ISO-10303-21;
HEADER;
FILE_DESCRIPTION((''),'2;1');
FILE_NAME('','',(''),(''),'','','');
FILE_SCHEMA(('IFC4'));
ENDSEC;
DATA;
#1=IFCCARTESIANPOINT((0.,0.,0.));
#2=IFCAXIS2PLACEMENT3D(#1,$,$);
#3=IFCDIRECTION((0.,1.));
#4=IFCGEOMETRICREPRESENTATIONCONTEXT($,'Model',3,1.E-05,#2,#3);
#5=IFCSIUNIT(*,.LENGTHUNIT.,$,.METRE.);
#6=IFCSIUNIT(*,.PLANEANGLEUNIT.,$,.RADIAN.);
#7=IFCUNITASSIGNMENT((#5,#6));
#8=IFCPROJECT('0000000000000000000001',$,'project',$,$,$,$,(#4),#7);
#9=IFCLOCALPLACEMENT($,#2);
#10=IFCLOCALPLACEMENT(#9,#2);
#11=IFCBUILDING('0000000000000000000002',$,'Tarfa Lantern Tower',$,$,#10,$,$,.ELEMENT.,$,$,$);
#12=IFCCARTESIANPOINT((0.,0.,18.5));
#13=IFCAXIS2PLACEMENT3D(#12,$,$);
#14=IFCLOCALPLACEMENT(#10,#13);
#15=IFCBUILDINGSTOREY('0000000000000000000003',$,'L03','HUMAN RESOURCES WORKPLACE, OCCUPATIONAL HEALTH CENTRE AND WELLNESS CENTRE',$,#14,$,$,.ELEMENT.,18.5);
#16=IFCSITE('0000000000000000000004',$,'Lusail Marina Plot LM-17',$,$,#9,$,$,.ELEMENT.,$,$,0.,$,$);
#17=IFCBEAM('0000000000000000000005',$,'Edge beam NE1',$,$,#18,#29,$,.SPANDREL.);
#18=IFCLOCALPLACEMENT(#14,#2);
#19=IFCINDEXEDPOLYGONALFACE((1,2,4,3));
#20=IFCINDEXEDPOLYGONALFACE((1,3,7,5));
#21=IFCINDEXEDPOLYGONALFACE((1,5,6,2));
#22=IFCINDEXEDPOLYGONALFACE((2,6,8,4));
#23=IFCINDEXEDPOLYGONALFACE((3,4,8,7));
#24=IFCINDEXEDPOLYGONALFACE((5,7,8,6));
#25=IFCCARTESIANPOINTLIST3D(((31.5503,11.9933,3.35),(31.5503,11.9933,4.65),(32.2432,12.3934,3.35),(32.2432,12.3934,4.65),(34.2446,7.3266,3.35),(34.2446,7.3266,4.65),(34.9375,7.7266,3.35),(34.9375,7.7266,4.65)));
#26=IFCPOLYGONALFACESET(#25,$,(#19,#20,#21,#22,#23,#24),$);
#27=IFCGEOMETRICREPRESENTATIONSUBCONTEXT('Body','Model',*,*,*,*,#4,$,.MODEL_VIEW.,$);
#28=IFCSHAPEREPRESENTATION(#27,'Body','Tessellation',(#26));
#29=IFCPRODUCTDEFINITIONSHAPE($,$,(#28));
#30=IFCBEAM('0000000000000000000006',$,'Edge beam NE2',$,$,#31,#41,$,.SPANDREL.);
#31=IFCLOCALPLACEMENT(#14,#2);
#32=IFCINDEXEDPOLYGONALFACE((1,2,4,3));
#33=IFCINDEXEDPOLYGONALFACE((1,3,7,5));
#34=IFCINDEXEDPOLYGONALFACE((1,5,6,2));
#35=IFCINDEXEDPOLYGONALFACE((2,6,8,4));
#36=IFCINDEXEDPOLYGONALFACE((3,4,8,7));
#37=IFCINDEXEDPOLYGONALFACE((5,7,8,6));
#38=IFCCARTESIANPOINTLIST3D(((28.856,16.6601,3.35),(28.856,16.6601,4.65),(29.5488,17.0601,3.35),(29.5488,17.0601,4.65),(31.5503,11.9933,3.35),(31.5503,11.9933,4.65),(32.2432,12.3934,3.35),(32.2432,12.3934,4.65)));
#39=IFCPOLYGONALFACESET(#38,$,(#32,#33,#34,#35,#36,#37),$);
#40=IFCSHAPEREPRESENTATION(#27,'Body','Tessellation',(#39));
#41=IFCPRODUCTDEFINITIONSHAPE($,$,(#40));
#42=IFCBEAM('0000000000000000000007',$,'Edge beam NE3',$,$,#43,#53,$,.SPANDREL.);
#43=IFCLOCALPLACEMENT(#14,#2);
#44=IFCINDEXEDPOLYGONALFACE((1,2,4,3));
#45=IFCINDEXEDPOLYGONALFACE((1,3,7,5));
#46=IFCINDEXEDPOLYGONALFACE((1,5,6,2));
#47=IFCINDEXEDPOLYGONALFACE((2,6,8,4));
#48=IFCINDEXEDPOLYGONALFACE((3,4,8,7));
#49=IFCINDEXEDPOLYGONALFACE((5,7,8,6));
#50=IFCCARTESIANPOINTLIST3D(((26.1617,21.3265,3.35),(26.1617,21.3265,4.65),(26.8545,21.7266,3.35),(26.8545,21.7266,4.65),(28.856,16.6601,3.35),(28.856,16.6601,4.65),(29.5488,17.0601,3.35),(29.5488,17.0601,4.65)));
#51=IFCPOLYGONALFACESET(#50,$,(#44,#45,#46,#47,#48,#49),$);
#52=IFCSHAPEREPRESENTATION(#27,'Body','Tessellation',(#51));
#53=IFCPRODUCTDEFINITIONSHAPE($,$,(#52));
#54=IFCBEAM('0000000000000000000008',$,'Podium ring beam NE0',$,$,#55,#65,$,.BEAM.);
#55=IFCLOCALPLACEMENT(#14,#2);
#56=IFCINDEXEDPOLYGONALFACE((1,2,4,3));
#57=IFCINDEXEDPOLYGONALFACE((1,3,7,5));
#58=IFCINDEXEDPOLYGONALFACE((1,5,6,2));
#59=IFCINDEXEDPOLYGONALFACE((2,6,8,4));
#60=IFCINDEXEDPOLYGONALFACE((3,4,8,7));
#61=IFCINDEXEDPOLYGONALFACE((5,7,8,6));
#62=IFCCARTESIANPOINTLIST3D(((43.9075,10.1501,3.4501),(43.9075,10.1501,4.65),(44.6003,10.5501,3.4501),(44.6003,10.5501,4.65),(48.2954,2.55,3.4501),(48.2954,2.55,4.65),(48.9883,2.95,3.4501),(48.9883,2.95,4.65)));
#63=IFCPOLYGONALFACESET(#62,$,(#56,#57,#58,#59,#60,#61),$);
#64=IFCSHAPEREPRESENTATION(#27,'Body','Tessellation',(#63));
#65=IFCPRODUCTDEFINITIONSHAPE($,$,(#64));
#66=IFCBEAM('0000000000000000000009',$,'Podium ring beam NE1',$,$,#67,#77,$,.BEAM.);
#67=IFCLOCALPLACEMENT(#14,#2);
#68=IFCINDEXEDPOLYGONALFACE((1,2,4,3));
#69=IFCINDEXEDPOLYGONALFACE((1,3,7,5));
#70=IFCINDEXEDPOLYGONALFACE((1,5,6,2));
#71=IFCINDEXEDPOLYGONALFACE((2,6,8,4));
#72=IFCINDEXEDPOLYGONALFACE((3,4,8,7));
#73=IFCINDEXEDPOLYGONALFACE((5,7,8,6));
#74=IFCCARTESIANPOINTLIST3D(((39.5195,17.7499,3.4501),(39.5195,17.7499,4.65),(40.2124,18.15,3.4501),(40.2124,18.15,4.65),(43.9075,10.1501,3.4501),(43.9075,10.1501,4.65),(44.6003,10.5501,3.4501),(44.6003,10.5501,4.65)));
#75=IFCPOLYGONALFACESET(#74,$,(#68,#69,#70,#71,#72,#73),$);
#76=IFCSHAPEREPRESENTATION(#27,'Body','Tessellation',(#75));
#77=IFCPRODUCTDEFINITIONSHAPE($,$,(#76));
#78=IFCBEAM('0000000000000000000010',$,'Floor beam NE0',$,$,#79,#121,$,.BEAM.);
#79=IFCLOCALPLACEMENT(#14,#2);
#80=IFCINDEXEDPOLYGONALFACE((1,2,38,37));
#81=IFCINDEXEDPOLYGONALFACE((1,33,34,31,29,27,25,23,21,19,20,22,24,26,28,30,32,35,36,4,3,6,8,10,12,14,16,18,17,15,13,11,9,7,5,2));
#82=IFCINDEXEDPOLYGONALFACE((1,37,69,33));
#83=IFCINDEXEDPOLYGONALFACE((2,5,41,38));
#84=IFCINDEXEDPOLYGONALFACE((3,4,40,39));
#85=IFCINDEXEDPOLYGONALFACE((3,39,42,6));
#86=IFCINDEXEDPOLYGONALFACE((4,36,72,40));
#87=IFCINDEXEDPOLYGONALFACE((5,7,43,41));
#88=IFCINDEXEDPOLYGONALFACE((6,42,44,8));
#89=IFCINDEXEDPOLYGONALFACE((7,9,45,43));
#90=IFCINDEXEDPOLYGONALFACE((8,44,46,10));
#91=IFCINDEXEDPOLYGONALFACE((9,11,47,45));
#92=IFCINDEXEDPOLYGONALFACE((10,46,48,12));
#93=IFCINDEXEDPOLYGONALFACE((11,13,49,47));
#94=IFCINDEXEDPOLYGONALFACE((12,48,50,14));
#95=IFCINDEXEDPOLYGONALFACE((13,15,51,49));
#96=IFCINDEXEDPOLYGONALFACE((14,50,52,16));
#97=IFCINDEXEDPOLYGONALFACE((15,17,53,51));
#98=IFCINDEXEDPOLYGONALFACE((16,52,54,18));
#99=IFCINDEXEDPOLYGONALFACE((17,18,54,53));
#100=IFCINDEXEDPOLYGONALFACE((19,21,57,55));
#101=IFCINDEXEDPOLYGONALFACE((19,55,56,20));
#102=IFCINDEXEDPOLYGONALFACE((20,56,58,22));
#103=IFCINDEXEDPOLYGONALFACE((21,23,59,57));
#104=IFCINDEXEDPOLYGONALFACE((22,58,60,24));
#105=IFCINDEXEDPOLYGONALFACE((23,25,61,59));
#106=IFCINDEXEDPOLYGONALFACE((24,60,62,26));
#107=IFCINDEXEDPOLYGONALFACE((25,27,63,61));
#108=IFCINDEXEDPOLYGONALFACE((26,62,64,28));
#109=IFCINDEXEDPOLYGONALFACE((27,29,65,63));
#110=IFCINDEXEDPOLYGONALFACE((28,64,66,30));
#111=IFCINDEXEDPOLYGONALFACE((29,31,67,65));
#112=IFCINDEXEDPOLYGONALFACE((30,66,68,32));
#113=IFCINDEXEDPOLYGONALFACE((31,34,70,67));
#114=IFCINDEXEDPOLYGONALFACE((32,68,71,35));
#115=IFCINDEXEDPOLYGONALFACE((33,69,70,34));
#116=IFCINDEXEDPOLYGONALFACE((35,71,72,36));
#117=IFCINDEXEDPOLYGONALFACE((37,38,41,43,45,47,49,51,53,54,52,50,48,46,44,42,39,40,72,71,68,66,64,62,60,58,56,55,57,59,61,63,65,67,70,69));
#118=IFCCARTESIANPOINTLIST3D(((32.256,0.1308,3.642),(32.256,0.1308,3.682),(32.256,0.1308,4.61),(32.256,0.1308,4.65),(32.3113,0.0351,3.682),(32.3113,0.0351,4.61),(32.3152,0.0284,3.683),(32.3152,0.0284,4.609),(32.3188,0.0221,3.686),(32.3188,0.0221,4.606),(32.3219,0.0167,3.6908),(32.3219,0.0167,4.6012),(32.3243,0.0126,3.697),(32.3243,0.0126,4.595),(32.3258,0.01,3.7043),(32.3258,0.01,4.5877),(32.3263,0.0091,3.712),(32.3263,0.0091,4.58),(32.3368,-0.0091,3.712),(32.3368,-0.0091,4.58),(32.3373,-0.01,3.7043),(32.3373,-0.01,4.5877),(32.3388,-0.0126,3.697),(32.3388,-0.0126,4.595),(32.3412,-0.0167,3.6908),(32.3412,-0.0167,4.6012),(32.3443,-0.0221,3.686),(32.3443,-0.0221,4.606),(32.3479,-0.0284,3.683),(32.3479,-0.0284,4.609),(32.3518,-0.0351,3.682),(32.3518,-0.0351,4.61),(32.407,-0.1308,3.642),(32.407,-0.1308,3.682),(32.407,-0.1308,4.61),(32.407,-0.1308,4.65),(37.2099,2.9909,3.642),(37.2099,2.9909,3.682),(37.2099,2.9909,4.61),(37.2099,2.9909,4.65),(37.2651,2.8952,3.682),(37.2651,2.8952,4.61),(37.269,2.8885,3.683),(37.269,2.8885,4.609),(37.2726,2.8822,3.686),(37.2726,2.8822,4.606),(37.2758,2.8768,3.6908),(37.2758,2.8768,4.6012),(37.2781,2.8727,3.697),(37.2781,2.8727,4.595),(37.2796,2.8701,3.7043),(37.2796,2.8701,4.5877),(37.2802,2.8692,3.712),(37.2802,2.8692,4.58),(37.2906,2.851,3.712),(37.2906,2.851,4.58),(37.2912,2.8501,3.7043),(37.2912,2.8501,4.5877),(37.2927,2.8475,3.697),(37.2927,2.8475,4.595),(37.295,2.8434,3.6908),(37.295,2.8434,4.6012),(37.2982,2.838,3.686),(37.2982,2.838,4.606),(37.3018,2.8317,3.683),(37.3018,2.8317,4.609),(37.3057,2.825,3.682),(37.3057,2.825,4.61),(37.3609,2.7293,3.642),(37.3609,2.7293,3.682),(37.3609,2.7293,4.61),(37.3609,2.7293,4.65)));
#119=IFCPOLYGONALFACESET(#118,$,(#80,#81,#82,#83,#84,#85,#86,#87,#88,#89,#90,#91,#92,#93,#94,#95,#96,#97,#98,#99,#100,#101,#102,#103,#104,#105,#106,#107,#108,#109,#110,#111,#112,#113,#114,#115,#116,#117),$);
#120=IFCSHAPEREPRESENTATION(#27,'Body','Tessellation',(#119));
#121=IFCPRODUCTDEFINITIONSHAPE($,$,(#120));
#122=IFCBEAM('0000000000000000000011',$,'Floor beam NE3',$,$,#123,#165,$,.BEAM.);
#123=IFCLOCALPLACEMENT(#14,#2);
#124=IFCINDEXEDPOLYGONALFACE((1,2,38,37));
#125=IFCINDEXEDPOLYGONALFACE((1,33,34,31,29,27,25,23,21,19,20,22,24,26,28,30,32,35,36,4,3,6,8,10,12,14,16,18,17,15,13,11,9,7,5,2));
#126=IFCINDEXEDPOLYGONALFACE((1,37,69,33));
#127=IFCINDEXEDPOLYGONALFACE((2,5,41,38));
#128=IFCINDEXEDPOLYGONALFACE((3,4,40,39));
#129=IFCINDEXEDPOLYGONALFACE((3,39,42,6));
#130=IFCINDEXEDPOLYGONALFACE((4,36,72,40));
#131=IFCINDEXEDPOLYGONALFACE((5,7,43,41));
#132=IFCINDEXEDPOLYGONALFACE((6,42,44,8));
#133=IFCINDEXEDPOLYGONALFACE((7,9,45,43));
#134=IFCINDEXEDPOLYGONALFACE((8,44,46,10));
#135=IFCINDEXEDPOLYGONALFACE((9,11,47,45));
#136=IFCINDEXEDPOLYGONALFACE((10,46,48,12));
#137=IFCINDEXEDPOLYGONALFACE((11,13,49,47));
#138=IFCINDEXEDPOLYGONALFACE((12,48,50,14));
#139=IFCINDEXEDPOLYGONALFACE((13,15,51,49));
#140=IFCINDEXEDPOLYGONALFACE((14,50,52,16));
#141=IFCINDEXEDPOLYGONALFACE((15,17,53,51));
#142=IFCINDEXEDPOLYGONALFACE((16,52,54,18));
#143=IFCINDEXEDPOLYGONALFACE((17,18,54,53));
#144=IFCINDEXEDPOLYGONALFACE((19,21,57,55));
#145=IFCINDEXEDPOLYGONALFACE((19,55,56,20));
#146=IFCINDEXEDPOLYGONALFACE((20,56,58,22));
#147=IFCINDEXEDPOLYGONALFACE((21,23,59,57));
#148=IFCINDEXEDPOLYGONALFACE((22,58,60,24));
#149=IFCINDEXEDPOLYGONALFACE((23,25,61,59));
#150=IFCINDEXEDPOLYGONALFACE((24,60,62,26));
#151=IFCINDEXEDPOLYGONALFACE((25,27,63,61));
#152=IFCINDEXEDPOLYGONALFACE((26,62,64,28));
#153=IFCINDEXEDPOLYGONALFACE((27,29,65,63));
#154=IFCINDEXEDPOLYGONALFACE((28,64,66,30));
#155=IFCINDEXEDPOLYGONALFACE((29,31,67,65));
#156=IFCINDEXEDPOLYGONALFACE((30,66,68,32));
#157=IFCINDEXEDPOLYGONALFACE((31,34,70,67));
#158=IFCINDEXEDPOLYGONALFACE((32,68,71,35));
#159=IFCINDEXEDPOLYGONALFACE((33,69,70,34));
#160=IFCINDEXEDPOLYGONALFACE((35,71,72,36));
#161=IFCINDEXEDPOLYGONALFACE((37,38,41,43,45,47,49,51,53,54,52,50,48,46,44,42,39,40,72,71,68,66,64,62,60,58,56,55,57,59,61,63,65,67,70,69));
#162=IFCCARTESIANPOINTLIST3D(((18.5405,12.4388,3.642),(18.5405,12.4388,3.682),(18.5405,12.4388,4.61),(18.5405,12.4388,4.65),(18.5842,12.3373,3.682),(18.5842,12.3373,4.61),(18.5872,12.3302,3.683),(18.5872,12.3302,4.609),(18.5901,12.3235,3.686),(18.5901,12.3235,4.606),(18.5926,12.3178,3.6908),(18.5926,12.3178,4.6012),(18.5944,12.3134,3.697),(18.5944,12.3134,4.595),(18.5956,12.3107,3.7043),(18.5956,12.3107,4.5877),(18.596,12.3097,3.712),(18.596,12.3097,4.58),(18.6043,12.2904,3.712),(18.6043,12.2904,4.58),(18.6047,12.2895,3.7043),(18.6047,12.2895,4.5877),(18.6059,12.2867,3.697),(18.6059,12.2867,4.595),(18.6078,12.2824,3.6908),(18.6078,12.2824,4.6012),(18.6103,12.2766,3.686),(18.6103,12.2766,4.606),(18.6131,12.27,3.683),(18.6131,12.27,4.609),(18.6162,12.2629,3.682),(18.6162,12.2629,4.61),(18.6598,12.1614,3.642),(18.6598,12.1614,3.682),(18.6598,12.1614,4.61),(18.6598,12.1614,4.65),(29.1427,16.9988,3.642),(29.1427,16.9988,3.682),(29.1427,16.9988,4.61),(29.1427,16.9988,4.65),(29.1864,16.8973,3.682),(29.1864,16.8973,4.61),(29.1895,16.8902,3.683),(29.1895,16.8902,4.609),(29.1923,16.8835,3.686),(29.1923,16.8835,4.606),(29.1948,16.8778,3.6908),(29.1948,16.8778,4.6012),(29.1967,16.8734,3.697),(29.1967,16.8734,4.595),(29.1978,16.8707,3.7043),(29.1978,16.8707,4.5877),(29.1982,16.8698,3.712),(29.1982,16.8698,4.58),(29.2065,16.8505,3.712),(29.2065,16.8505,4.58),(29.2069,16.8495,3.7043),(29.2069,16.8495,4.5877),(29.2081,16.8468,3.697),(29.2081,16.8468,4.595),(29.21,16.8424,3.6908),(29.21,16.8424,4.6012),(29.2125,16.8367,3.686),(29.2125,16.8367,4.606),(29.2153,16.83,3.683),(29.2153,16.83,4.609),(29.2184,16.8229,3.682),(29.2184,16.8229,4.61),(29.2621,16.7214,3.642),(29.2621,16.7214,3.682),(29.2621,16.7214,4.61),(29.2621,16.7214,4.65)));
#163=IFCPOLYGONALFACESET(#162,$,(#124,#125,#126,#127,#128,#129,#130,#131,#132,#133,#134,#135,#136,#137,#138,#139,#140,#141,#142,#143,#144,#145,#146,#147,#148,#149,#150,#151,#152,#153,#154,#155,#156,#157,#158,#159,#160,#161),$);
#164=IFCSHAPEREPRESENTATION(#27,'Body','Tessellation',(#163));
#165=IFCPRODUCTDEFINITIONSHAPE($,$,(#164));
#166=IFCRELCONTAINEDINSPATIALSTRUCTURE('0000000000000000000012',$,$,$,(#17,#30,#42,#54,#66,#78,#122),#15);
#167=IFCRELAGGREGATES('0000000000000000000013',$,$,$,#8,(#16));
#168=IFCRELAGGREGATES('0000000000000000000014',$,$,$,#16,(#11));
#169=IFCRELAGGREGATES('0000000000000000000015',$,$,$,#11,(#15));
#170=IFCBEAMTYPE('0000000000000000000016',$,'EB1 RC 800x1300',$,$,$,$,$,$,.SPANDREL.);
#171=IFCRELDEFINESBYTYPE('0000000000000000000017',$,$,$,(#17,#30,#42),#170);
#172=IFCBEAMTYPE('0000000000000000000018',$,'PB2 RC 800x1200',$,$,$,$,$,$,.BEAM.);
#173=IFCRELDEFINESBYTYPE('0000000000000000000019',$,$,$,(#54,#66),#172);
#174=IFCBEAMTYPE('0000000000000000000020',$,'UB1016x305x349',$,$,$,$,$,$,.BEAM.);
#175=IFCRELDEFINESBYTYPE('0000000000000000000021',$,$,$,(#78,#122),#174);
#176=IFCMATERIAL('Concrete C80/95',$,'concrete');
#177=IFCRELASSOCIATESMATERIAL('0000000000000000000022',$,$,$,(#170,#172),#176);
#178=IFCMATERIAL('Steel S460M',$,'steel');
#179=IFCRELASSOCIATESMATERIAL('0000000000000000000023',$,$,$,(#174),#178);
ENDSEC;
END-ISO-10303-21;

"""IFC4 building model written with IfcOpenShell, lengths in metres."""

from ifc_helpers import new_model, si_unit, direction, frame, origin, origin_2d, place, context, subcontext, project, spatial, rectangle, i_section, extrude, material, material_profile, profile_set, type_object, element, save


model = new_model("IFC4")

# Units and contexts
model_context = context("Model", 3, precision=1e-05, world=origin(), true_north=direction((0.0, 1.0)))
body_context = subcontext(model_context, "Body", "Model", "MODEL_VIEW")
ifc_project = project(units=[si_unit("LENGTHUNIT", "METRE"), si_unit("PLANEANGLEUNIT", "RADIAN")], contexts=[model_context])

# Site, building, storey
site_placement = place(None, origin())
site = spatial("IfcSite", under=ifc_project, at=site_placement, Name="Lusail Marina Plot LM-17", CompositionType="ELEMENT", RefElevation=0.0)
building_placement = place(site_placement, origin())
building = spatial("IfcBuilding", under=site, at=building_placement, Name="Tarfa Lantern Tower", CompositionType="ELEMENT")
storey_placement = place(building_placement, frame((0.0, 0.0, 18.5)))
storey = spatial("IfcBuildingStorey", under=building, at=storey_placement, Name="L03", Description="HUMAN RESOURCES WORKPLACE, OCCUPATIONAL HEALTH CENTRE AND WELLNESS CENTRE", CompositionType="ELEMENT", Elevation=18.5)

# Shared definitions
ifc_material_1 = material(Name="Concrete C80/95", Category="concrete")

# Beams
ifc_material_profile_1 = material_profile(ifc_material_1, rectangle(XDim=0.8, YDim=1.3, at=origin_2d()), Name="RC 800x1300")
ifc_profile_set_1 = profile_set([ifc_material_profile_1], Name="Concrete C80/95")
beam_type_1 = type_object("IfcBeamType", Name="EB1 RC 800x1300", PredefinedType="SPANDREL", material=ifc_profile_set_1)
for number, where, z_axis, x_axis, name in (
    (1, (34.5911, 7.5266, 4.0), (-0.499998, 0.866026, 0.0), (-0.866026, -0.499998, 0.0), "Edge beam NE1"),
    (2, (31.8967, 12.1934, 4.0), (-0.499998, 0.866026, 0.0), (-0.866026, -0.499998, 0.0), "Edge beam NE2"),
):
    element("IfcBeam", number, at=place(storey_placement, frame(where, z_axis=z_axis, x_axis=x_axis)), inside=storey, type_object=beam_type_1, Name=name, PredefinedType="SPANDREL", context=body_context, shape_type="SweptSolid", body=[
        extrude(rectangle(XDim=0.8, YDim=1.3, at=origin_2d()), origin(), (0.0, 0.0, 1.0), 5.3887),
    ])
beam_1_placement = place(storey_placement, frame((29.2024, 16.8601, 4.0), z_axis=(-0.500018, 0.866015, 0.0), x_axis=(-0.866015, -0.500018, 0.0)))
element("IfcBeam", 3, at=beam_1_placement, inside=storey, type_object=beam_type_1, Name="Edge beam NE3", PredefinedType="SPANDREL", context=body_context, shape_type="SweptSolid", body=[
    extrude(rectangle(XDim=0.8, YDim=1.3, at=origin_2d()), origin(), (0.0, 0.0, 1.0), 5.3884),
])
ifc_material_profile_2 = material_profile(ifc_material_1, rectangle(XDim=0.8, YDim=1.2, at=origin_2d()), Name="RC 800x1200")
ifc_profile_set_2 = profile_set([ifc_material_profile_2], Name="Concrete C80/95")
beam_type_2 = type_object("IfcBeamType", Name="PB2 RC 800x1200", PredefinedType="BEAM", material=ifc_profile_set_2)
beam_2_placement = place(storey_placement, frame((48.6418, 2.75, 4.05), z_axis=(-0.500002, 0.866024, 0.0), x_axis=(-0.866024, -0.500002, 0.0)))
element("IfcBeam", 4, at=beam_2_placement, inside=storey, type_object=beam_type_2, Name="Podium ring beam NE0", PredefinedType="BEAM", context=body_context, shape_type="SweptSolid", body=[
    extrude(rectangle(XDim=0.8, YDim=1.2, at=origin_2d()), origin(), (0.0, 0.0, 1.0), 8.7759),
])
beam_3_placement = place(storey_placement, frame((44.2539, 10.3501, 4.05), z_axis=(-0.500014, 0.866017, 0.0), x_axis=(-0.866017, -0.500014, 0.0)))
element("IfcBeam", 5, at=beam_3_placement, inside=storey, type_object=beam_type_2, Name="Podium ring beam NE1", PredefinedType="BEAM", context=body_context, shape_type="SweptSolid", body=[
    extrude(rectangle(XDim=0.8, YDim=1.2, at=origin_2d()), origin(), (0.0, 0.0, 1.0), 8.7756),
])
ifc_material_2 = material(Name="Steel S460M", Category="steel")
ifc_material_profile_3 = material_profile(ifc_material_2, i_section(OverallWidth=0.302, OverallDepth=1.0081, WebThickness=0.021, FlangeThickness=0.04, FilletRadius=0.03, at=origin_2d()), Name="UB1016x305x349")
ifc_profile_set_3 = profile_set([ifc_material_profile_3], Name="Steel S460M")
beam_type_3 = type_object("IfcBeamType", Name="UB1016x305x349", PredefinedType="BEAM", material=ifc_profile_set_3)
beam_4_placement = place(storey_placement, frame((37.2854, 2.8601, 4.146), z_axis=(-0.866026, -0.5, 0.0), x_axis=(0.5, -0.866026, 0.0)))
element("IfcBeam", 6, at=beam_4_placement, inside=storey, type_object=beam_type_3, Name="Floor beam NE0", PredefinedType="BEAM", context=body_context, shape_type="SweptSolid", body=[
    extrude(i_section(OverallWidth=0.302, OverallDepth=1.0081, WebThickness=0.021, FlangeThickness=0.04, FilletRadius=0.03, at=origin_2d()), origin(), (0.0, 0.0, 1.0), 5.7202),
])
beam_5_placement = place(storey_placement, frame((29.2024, 16.8601, 4.146), z_axis=(-0.918635, -0.395106, 0.0), x_axis=(0.395106, -0.918635, 0.0)))
element("IfcBeam", 7, at=beam_5_placement, inside=storey, type_object=beam_type_3, Name="Floor beam NE3", PredefinedType="BEAM", context=body_context, shape_type="SweptSolid", body=[
    extrude(i_section(OverallWidth=0.302, OverallDepth=1.0081, WebThickness=0.021, FlangeThickness=0.04, FilletRadius=0.03, at=origin_2d()), origin(), (0.0, 0.0, 1.0), 11.5413),
])

save(model, "model.ifc")
